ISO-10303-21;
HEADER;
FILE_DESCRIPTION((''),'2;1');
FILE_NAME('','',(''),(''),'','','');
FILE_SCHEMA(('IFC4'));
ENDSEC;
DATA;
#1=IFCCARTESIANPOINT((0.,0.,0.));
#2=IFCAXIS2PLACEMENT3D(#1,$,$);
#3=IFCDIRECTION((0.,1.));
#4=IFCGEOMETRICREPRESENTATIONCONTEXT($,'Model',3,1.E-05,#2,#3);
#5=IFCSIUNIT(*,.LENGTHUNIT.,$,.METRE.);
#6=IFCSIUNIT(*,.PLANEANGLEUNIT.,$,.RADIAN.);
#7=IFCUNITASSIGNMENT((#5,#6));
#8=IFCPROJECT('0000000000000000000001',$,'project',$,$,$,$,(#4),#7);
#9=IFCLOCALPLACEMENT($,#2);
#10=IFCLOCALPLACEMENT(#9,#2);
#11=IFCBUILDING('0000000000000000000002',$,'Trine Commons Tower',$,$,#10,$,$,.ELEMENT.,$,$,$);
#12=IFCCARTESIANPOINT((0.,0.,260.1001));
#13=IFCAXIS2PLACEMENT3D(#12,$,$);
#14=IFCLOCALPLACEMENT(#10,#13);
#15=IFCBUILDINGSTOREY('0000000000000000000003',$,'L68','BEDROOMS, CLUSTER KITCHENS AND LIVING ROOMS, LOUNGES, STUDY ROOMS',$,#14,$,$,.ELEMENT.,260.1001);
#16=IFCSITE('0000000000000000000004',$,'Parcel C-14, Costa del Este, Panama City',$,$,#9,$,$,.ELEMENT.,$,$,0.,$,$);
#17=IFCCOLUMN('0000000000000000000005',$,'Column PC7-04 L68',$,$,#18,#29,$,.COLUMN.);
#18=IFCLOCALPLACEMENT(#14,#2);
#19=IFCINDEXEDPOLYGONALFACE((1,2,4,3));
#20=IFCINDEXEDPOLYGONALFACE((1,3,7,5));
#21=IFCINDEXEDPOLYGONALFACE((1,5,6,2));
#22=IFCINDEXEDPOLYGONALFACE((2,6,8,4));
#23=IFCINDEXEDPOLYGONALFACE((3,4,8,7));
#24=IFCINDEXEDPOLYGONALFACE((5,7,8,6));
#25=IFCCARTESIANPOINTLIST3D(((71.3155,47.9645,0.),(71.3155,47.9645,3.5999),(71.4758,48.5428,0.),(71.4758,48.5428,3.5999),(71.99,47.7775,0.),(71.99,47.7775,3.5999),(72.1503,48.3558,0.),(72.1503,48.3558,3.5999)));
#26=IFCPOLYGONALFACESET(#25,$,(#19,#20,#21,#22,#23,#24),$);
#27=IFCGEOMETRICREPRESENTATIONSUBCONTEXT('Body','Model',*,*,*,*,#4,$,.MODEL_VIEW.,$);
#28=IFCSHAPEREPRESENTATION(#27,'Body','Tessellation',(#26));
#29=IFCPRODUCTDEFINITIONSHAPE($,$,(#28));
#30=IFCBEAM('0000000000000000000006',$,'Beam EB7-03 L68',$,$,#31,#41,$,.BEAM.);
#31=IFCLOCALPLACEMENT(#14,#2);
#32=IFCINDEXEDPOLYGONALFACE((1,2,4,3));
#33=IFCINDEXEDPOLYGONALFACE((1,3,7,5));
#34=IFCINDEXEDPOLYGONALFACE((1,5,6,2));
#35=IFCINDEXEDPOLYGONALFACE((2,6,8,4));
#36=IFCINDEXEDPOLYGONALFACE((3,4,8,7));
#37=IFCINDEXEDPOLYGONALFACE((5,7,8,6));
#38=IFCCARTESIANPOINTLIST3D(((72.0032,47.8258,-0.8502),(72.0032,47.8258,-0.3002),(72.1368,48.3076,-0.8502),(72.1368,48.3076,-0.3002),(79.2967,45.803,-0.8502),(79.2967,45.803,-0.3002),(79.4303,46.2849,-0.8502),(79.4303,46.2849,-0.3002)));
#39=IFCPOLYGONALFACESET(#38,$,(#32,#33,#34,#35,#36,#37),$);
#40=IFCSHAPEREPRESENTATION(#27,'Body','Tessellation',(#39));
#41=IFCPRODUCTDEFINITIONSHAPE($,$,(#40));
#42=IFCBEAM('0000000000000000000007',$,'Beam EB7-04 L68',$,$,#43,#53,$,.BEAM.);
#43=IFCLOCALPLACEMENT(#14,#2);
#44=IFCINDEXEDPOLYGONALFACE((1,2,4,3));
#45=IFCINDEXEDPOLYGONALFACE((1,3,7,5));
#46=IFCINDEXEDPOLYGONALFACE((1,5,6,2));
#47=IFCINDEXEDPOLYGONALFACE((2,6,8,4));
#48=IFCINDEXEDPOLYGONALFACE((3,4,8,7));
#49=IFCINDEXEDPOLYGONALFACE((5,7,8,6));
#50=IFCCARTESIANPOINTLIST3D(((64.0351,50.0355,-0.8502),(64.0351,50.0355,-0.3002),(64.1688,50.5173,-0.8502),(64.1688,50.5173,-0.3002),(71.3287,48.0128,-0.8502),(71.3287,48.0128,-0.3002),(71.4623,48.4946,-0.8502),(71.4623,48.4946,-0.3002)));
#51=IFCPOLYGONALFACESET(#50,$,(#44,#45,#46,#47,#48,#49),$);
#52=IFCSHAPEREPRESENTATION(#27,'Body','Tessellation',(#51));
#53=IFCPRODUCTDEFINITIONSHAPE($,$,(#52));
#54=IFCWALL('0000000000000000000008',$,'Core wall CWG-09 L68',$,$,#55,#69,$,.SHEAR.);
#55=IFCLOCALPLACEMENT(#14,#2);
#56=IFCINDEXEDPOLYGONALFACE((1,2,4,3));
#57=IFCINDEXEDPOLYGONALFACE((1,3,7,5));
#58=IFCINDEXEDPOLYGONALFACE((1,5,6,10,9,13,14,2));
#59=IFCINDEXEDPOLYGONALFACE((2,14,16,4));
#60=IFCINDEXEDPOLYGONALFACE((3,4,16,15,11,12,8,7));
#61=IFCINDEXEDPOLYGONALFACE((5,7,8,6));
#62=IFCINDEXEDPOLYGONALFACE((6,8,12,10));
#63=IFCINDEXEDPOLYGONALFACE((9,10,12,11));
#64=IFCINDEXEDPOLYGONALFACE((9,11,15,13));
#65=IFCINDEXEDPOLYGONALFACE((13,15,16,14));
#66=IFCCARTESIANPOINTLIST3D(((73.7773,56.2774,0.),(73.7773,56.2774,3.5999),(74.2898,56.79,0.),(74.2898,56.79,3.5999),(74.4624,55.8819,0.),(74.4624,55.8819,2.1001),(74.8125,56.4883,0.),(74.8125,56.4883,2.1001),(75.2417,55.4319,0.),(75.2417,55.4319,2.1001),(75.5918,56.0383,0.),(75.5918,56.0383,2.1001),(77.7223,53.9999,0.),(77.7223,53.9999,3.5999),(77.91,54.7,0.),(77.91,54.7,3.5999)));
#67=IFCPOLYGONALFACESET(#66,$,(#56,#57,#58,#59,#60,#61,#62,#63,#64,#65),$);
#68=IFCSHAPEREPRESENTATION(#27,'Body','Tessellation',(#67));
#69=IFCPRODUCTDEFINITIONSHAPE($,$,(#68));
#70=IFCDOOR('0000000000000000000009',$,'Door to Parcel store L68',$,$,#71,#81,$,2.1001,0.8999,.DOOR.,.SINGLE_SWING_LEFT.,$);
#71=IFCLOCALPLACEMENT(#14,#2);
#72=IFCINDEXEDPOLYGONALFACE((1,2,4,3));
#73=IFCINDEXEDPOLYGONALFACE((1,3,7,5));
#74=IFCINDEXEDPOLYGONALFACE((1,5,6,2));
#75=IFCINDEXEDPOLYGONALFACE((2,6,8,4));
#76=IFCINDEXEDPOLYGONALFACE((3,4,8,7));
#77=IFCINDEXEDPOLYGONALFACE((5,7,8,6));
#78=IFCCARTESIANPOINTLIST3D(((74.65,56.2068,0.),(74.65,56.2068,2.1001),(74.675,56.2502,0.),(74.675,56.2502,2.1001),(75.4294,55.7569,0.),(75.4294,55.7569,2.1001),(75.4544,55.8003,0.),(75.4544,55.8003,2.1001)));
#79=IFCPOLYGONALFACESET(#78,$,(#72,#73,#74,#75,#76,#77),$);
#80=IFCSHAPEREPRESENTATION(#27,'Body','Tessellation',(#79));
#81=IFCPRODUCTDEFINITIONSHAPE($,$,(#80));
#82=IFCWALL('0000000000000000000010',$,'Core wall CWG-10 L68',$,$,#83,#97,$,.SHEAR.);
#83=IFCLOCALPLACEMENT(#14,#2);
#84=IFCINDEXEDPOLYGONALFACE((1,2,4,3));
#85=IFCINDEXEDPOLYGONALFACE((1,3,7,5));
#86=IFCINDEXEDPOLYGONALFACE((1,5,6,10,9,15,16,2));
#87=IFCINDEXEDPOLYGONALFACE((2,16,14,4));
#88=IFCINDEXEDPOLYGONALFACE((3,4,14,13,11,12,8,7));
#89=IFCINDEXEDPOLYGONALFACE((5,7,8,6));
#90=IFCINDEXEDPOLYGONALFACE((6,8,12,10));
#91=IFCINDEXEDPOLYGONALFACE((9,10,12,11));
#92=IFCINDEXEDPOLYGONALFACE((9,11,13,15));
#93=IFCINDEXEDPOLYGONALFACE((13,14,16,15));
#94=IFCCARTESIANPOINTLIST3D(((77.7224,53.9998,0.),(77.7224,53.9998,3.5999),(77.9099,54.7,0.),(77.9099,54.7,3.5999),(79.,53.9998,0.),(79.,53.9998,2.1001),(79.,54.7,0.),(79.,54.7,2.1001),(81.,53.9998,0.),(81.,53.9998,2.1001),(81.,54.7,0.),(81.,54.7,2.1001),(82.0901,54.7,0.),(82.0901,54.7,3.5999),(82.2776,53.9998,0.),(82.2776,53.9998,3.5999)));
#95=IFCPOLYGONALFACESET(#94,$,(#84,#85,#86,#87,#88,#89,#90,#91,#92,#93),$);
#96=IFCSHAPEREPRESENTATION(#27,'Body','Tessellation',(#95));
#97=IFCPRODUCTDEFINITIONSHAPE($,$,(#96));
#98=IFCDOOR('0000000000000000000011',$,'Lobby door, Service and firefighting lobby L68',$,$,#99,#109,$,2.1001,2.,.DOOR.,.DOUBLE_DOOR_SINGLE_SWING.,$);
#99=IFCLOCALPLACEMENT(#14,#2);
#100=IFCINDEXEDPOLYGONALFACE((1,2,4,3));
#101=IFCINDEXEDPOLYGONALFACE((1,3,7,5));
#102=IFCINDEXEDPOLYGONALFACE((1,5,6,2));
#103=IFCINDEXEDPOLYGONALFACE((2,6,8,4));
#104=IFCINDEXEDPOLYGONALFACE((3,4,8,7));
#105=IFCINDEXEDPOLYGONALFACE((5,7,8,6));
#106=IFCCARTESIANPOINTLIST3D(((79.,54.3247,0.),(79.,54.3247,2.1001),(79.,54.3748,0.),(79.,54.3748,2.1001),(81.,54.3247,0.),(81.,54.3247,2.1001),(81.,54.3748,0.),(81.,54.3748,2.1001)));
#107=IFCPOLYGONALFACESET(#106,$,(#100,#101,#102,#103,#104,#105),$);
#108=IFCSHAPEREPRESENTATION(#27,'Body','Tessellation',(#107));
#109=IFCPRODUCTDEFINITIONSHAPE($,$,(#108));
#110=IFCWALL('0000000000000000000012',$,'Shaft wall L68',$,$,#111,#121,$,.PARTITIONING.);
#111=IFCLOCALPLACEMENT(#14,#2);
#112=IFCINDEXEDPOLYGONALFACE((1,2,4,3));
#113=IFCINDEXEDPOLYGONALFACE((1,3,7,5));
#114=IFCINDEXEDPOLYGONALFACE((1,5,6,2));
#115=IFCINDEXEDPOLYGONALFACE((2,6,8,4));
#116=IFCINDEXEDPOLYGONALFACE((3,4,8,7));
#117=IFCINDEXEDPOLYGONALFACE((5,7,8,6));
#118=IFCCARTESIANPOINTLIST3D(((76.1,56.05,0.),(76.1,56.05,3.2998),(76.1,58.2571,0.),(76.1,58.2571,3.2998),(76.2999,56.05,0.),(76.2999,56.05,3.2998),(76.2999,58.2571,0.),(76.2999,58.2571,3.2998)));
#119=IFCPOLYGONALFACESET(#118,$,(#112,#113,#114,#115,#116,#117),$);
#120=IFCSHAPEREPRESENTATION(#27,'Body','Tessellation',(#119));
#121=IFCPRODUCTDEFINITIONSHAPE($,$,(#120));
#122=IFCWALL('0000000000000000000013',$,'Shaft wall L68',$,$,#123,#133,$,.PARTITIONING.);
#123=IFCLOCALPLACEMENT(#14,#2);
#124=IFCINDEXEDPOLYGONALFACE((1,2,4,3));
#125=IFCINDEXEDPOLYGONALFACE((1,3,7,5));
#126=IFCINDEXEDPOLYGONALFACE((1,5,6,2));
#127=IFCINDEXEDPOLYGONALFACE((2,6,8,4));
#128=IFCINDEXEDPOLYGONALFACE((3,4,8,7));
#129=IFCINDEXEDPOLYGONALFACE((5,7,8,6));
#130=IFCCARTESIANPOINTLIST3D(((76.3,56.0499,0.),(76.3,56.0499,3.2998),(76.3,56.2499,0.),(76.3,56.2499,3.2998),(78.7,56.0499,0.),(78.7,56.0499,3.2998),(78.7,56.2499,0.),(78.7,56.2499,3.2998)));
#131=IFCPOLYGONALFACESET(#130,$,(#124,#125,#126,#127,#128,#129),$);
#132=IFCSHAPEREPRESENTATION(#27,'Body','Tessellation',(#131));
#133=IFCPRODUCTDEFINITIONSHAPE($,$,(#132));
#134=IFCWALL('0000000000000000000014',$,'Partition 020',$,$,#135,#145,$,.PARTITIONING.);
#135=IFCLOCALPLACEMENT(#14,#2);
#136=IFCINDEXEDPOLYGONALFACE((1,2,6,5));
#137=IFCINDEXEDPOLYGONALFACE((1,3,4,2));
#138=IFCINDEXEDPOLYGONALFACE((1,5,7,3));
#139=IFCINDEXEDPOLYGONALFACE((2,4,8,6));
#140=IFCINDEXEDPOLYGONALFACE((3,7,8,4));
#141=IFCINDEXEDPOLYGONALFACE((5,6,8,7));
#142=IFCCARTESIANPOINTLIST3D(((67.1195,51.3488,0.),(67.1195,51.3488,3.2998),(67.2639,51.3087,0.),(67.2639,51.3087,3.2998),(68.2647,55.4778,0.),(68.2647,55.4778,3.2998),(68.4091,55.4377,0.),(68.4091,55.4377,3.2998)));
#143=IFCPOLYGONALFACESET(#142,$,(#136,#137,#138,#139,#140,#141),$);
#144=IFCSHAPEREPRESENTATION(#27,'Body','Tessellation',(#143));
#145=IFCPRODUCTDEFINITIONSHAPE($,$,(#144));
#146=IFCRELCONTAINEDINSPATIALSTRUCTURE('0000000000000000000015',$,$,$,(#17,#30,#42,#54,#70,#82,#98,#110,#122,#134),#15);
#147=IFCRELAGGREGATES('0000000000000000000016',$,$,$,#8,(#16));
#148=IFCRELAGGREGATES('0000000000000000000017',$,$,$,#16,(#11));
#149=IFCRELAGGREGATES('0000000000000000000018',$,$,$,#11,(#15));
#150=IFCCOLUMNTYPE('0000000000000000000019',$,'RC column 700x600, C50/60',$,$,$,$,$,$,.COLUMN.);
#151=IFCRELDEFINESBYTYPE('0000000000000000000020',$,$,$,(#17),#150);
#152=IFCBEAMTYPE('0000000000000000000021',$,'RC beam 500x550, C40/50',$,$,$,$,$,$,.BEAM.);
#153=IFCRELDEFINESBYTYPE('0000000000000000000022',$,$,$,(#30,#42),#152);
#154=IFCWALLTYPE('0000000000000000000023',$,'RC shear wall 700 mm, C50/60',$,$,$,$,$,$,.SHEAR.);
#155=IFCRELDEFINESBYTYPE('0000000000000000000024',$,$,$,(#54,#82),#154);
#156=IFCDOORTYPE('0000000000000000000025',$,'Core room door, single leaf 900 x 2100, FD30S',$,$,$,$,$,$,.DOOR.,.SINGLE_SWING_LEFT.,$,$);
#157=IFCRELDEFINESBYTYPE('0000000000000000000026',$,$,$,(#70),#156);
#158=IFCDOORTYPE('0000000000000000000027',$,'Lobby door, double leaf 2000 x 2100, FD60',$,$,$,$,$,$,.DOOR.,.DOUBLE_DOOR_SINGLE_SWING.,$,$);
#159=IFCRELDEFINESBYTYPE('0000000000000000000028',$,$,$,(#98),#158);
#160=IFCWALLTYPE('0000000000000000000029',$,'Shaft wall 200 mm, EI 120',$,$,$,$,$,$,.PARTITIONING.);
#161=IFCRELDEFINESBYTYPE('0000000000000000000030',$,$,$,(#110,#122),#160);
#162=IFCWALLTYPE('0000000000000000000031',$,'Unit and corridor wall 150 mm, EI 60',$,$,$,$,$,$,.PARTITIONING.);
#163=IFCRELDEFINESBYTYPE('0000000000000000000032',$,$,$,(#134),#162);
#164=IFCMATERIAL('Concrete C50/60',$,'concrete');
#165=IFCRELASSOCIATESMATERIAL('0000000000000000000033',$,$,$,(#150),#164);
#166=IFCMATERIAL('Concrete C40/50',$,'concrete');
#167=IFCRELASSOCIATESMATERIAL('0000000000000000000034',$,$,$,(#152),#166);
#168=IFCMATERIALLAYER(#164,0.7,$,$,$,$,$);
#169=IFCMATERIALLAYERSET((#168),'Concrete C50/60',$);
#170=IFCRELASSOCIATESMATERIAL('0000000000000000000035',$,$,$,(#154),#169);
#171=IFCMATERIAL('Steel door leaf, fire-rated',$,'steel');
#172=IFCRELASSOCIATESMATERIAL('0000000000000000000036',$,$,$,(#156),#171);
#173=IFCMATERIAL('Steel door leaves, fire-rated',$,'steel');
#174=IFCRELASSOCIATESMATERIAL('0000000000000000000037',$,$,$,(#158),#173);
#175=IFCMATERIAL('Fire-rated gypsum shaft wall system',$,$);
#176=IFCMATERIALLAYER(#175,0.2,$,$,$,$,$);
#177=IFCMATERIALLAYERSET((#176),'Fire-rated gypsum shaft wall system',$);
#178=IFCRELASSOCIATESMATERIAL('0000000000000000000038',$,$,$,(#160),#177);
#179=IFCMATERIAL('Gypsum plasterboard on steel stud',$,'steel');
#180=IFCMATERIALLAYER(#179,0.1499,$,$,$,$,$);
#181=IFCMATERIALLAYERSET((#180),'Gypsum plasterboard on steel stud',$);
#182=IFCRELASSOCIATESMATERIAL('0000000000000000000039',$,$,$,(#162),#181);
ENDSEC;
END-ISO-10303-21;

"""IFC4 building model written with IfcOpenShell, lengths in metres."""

from ifc_helpers import new_model, si_unit, direction, frame, frame_2d, origin, origin_2d, place, context, subcontext, project, spatial, polyline, rectangle, outline, extrude, material, layer, layer_set, material_profile, profile_set, type_object, element, fill, save


model = new_model("IFC4")

# Units and contexts
model_context = context("Model", 3, precision=1e-05, world=origin(), true_north=direction((0.0, 1.0)))
body_context = subcontext(model_context, "Body", "Model", "MODEL_VIEW")
ifc_project = project(units=[si_unit("LENGTHUNIT", "METRE"), si_unit("PLANEANGLEUNIT", "RADIAN")], contexts=[model_context])

# Site, building, storey
site_placement = place(None, origin())
site = spatial("IfcSite", under=ifc_project, at=site_placement, Name="Parcel C-14, Costa del Este, Panama City", CompositionType="ELEMENT", RefElevation=0.0)
building_placement = place(site_placement, origin())
building = spatial("IfcBuilding", under=site, at=building_placement, Name="Trine Commons Tower", CompositionType="ELEMENT")
storey_placement = place(building_placement, frame((0.0, 0.0, 260.1001)))
storey = spatial("IfcBuildingStorey", under=building, at=storey_placement, Name="L68", Description="BEDROOMS, CLUSTER KITCHENS AND LIVING ROOMS, LOUNGES, STUDY ROOMS", CompositionType="ELEMENT", Elevation=260.1001)

# Column
ifc_material_1 = material(Name="Concrete C50/60", Category="concrete")
ifc_material_profile_1 = material_profile(ifc_material_1, rectangle(XDim=0.7, YDim=0.6001, at=origin_2d()), Name="RC 700x600")
ifc_profile_set_1 = profile_set([ifc_material_profile_1], Name="Concrete C50/60")
column_type = type_object("IfcColumnType", Name="RC column 700x600, C50/60", PredefinedType="COLUMN", material=ifc_profile_set_1)
column_placement = place(storey_placement, frame((71.7329, 48.1602, 0.0), z_axis=(0.0, 0.0, 1.0), x_axis=(-0.96363, 0.267238, 0.0)))
element("IfcColumn", 1, at=column_placement, inside=storey, type_object=column_type, Name="Column PC7-04 L68", PredefinedType="COLUMN", context=body_context, shape_type="SweptSolid", body=[
    extrude(rectangle(XDim=0.7, YDim=0.6001, at=origin_2d()), origin(), (0.0, 0.0, 1.0), 3.5999),
])

# Beams
ifc_material_2 = material(Name="Concrete C40/50", Category="concrete")
ifc_material_profile_2 = material_profile(ifc_material_2, rectangle(XDim=0.5, YDim=0.55, at=origin_2d()), Name="RC 500x550")
ifc_profile_set_2 = profile_set([ifc_material_profile_2], Name="Concrete C40/50")
beam_type = type_object("IfcBeamType", Name="RC beam 500x550, C40/50", PredefinedType="BEAM", material=ifc_profile_set_2)
for number, where, z_axis, x_axis, name in (
    (2, (79.3635, 46.0439, -0.5752), (-0.963629, 0.267245, 0.0), (-0.267245, -0.963629, 0.0), "Beam EB7-03 L68"),
    (3, (71.3955, 48.2537, -0.5752), (-0.963629, 0.267245, 0.0), (-0.267245, -0.963629, 0.0), "Beam EB7-04 L68"),
):
    element("IfcBeam", number, at=place(storey_placement, frame(where, z_axis=z_axis, x_axis=x_axis)), inside=storey, type_object=beam_type, Name=name, PredefinedType="BEAM", context=body_context, shape_type="SweptSolid", body=[
        extrude(rectangle(XDim=0.5, YDim=0.55, at=origin_2d()), origin(), (0.0, 0.0, 1.0), 7.5688),
    ])

# Walls, openings, doors
ifc_layer_1 = layer(ifc_material_1, 0.7)
ifc_layer_set_1 = layer_set([ifc_layer_1], Name="Concrete C50/60")
wall_type_1 = type_object("IfcWallType", Name="RC shear wall 700 mm, C50/60", PredefinedType="SHEAR", material=ifc_layer_set_1)
wall_1_placement = place(storey_placement, frame((73.9524, 56.5806, 0.0), z_axis=(0.0, 0.0, 1.0), x_axis=(0.866035, -0.499984, 0.0)))
wall_1 = element("IfcWall", 4, at=wall_1_placement, inside=storey, type_object=wall_type_1, Name="Core wall CWG-09 L68", PredefinedType="SHEAR", context=body_context, shape_type="SweptSolid", body=[
    extrude(outline(polyline([(0.0, -0.3501), (4.5552, -0.3501), (4.3677, 0.3501), (0.1875, 0.3501), (0.0, -0.3501)])), origin(), (0.0, 0.0, 1.0), 3.5999),
])
opening_1_placement = place(wall_1_placement, frame((0.791, 0.0, 0.0)))
opening_1 = element("IfcOpeningElement", 5, at=opening_1_placement, cuts=wall_1, PredefinedType="OPENING", context=body_context, shape_type="SweptSolid", body=[
    extrude(rectangle(XDim=0.8999, YDim=2.1001, at=frame_2d((0.45, 1.05))), frame((0.0, 0.3599, 0.0), z_axis=(0.0, -1.0, 0.0), x_axis=(1.0, 0.0, 0.0)), (0.0, 0.0, 1.0), 0.72),
])
ifc_material_3 = material(Name="Steel door leaf, fire-rated", Category="steel")
door_type_1 = type_object("IfcDoorType", Name="Core room door, single leaf 900 x 2100, FD30S", OperationType="SINGLE_SWING_LEFT", PredefinedType="DOOR", material=ifc_material_3)
door_1_placement = place(opening_1_placement, origin())
door_1 = element("IfcDoor", 6, at=door_1_placement, inside=storey, type_object=door_type_1, Name="Door to Parcel store L68", OperationType="SINGLE_SWING_LEFT", OverallHeight=2.1001, OverallWidth=0.8999, PredefinedType="DOOR", context=body_context, shape_type="SweptSolid", body=[
    extrude(rectangle(XDim=0.8999, YDim=2.1001, at=frame_2d((0.45, 1.05))), frame((0.0, 0.0752, 0.0), z_axis=(0.0, -1.0, 0.0), x_axis=(1.0, 0.0, 0.0)), (0.0, 0.0, 1.0), 0.05),
])
fill(opening_1, door_1)
wall_2_placement = place(storey_placement, frame((77.7224, 54.3499, 0.0), z_axis=(0.0, 0.0, 1.0), x_axis=(1.0, 0.0, 0.0)))
wall_2 = element("IfcWall", 7, at=wall_2_placement, inside=storey, type_object=wall_type_1, Name="Core wall CWG-10 L68", PredefinedType="SHEAR", context=body_context, shape_type="SweptSolid", body=[
    extrude(outline(polyline([(0.0, -0.3501), (4.5552, -0.3501), (4.3677, 0.3501), (0.1875, 0.3501), (0.0, -0.3501)])), origin(), (0.0, 0.0, 1.0), 3.5999),
])
opening_2_placement = place(wall_2_placement, frame((1.2776, 0.0, 0.0)))
opening_2 = element("IfcOpeningElement", 8, at=opening_2_placement, cuts=wall_2, PredefinedType="OPENING", context=body_context, shape_type="SweptSolid", body=[
    extrude(rectangle(XDim=2.0, YDim=2.1001, at=frame_2d((1.0, 1.05))), frame((0.0, 0.3599, 0.0), z_axis=(0.0, -1.0, 0.0), x_axis=(1.0, 0.0, 0.0)), (0.0, 0.0, 1.0), 0.72),
])
ifc_material_4 = material(Name="Steel door leaves, fire-rated", Category="steel")
door_type_2 = type_object("IfcDoorType", Name="Lobby door, double leaf 2000 x 2100, FD60", OperationType="DOUBLE_DOOR_SINGLE_SWING", PredefinedType="DOOR", material=ifc_material_4)
door_2_placement = place(opening_2_placement, origin())
door_2 = element("IfcDoor", 9, at=door_2_placement, inside=storey, type_object=door_type_2, Name="Lobby door, Service and firefighting lobby L68", OperationType="DOUBLE_DOOR_SINGLE_SWING", OverallHeight=2.1001, OverallWidth=2.0, PredefinedType="DOOR", context=body_context, shape_type="SweptSolid", body=[
    extrude(rectangle(XDim=2.0, YDim=2.1001, at=frame_2d((1.0, 1.05))), frame((0.0, 0.0249, 0.0), z_axis=(0.0, -1.0, 0.0), x_axis=(1.0, 0.0, 0.0)), (0.0, 0.0, 1.0), 0.05),
])
fill(opening_2, door_2)

# Walls
ifc_material_5 = material(Name="Fire-rated gypsum shaft wall system")
ifc_layer_2 = layer(ifc_material_5, 0.2)
ifc_layer_set_2 = layer_set([ifc_layer_2], Name="Fire-rated gypsum shaft wall system")
wall_type_2 = type_object("IfcWallType", Name="Shaft wall 200 mm, EI 120", PredefinedType="PARTITIONING", material=ifc_layer_set_2)
wall_3_placement = place(storey_placement, frame((76.2, 58.2571, 0.0), z_axis=(0.0, 0.0, 1.0), x_axis=(0.0, -1.0, 0.0)))
element("IfcWall", 10, at=wall_3_placement, inside=storey, type_object=wall_type_2, Name="Shaft wall L68", PredefinedType="PARTITIONING", context=body_context, shape_type="SweptSolid", body=[
    extrude(rectangle(XDim=2.207, YDim=0.2, at=frame_2d((1.1035, 0.0))), origin(), (0.0, 0.0, 1.0), 3.2998),
])
wall_4_placement = place(storey_placement, frame((78.7, 56.1499, 0.0), z_axis=(0.0, 0.0, 1.0), x_axis=(-1.0, 0.0, 0.0)))
element("IfcWall", 11, at=wall_4_placement, inside=storey, type_object=wall_type_2, Name="Shaft wall L68", PredefinedType="PARTITIONING", context=body_context, shape_type="SweptSolid", body=[
    extrude(rectangle(XDim=2.3999, YDim=0.2, at=frame_2d((1.2, 0.0))), origin(), (0.0, 0.0, 1.0), 3.2998),
])
ifc_material_6 = material(Name="Gypsum plasterboard on steel stud", Category="steel")
ifc_layer_3 = layer(ifc_material_6, 0.1499)
ifc_layer_set_3 = layer_set([ifc_layer_3], Name="Gypsum plasterboard on steel stud")
wall_type_3 = type_object("IfcWallType", Name="Unit and corridor wall 150 mm, EI 60", PredefinedType="PARTITIONING", material=ifc_layer_set_3)
wall_5_placement = place(storey_placement, frame((67.1917, 51.3286, 0.0), z_axis=(0.0, 0.0, 1.0), x_axis=(0.267271, 0.963622, 0.0)))
element("IfcWall", 12, at=wall_5_placement, inside=storey, type_object=wall_type_3, Name="Partition 020", PredefinedType="PARTITIONING", context=body_context, shape_type="SweptSolid", body=[
    extrude(rectangle(XDim=4.2849, YDim=0.1499, at=frame_2d((2.1426, 0.0))), origin(), (0.0, 0.0, 1.0), 3.2998),
])

save(model, "model.ifc")
